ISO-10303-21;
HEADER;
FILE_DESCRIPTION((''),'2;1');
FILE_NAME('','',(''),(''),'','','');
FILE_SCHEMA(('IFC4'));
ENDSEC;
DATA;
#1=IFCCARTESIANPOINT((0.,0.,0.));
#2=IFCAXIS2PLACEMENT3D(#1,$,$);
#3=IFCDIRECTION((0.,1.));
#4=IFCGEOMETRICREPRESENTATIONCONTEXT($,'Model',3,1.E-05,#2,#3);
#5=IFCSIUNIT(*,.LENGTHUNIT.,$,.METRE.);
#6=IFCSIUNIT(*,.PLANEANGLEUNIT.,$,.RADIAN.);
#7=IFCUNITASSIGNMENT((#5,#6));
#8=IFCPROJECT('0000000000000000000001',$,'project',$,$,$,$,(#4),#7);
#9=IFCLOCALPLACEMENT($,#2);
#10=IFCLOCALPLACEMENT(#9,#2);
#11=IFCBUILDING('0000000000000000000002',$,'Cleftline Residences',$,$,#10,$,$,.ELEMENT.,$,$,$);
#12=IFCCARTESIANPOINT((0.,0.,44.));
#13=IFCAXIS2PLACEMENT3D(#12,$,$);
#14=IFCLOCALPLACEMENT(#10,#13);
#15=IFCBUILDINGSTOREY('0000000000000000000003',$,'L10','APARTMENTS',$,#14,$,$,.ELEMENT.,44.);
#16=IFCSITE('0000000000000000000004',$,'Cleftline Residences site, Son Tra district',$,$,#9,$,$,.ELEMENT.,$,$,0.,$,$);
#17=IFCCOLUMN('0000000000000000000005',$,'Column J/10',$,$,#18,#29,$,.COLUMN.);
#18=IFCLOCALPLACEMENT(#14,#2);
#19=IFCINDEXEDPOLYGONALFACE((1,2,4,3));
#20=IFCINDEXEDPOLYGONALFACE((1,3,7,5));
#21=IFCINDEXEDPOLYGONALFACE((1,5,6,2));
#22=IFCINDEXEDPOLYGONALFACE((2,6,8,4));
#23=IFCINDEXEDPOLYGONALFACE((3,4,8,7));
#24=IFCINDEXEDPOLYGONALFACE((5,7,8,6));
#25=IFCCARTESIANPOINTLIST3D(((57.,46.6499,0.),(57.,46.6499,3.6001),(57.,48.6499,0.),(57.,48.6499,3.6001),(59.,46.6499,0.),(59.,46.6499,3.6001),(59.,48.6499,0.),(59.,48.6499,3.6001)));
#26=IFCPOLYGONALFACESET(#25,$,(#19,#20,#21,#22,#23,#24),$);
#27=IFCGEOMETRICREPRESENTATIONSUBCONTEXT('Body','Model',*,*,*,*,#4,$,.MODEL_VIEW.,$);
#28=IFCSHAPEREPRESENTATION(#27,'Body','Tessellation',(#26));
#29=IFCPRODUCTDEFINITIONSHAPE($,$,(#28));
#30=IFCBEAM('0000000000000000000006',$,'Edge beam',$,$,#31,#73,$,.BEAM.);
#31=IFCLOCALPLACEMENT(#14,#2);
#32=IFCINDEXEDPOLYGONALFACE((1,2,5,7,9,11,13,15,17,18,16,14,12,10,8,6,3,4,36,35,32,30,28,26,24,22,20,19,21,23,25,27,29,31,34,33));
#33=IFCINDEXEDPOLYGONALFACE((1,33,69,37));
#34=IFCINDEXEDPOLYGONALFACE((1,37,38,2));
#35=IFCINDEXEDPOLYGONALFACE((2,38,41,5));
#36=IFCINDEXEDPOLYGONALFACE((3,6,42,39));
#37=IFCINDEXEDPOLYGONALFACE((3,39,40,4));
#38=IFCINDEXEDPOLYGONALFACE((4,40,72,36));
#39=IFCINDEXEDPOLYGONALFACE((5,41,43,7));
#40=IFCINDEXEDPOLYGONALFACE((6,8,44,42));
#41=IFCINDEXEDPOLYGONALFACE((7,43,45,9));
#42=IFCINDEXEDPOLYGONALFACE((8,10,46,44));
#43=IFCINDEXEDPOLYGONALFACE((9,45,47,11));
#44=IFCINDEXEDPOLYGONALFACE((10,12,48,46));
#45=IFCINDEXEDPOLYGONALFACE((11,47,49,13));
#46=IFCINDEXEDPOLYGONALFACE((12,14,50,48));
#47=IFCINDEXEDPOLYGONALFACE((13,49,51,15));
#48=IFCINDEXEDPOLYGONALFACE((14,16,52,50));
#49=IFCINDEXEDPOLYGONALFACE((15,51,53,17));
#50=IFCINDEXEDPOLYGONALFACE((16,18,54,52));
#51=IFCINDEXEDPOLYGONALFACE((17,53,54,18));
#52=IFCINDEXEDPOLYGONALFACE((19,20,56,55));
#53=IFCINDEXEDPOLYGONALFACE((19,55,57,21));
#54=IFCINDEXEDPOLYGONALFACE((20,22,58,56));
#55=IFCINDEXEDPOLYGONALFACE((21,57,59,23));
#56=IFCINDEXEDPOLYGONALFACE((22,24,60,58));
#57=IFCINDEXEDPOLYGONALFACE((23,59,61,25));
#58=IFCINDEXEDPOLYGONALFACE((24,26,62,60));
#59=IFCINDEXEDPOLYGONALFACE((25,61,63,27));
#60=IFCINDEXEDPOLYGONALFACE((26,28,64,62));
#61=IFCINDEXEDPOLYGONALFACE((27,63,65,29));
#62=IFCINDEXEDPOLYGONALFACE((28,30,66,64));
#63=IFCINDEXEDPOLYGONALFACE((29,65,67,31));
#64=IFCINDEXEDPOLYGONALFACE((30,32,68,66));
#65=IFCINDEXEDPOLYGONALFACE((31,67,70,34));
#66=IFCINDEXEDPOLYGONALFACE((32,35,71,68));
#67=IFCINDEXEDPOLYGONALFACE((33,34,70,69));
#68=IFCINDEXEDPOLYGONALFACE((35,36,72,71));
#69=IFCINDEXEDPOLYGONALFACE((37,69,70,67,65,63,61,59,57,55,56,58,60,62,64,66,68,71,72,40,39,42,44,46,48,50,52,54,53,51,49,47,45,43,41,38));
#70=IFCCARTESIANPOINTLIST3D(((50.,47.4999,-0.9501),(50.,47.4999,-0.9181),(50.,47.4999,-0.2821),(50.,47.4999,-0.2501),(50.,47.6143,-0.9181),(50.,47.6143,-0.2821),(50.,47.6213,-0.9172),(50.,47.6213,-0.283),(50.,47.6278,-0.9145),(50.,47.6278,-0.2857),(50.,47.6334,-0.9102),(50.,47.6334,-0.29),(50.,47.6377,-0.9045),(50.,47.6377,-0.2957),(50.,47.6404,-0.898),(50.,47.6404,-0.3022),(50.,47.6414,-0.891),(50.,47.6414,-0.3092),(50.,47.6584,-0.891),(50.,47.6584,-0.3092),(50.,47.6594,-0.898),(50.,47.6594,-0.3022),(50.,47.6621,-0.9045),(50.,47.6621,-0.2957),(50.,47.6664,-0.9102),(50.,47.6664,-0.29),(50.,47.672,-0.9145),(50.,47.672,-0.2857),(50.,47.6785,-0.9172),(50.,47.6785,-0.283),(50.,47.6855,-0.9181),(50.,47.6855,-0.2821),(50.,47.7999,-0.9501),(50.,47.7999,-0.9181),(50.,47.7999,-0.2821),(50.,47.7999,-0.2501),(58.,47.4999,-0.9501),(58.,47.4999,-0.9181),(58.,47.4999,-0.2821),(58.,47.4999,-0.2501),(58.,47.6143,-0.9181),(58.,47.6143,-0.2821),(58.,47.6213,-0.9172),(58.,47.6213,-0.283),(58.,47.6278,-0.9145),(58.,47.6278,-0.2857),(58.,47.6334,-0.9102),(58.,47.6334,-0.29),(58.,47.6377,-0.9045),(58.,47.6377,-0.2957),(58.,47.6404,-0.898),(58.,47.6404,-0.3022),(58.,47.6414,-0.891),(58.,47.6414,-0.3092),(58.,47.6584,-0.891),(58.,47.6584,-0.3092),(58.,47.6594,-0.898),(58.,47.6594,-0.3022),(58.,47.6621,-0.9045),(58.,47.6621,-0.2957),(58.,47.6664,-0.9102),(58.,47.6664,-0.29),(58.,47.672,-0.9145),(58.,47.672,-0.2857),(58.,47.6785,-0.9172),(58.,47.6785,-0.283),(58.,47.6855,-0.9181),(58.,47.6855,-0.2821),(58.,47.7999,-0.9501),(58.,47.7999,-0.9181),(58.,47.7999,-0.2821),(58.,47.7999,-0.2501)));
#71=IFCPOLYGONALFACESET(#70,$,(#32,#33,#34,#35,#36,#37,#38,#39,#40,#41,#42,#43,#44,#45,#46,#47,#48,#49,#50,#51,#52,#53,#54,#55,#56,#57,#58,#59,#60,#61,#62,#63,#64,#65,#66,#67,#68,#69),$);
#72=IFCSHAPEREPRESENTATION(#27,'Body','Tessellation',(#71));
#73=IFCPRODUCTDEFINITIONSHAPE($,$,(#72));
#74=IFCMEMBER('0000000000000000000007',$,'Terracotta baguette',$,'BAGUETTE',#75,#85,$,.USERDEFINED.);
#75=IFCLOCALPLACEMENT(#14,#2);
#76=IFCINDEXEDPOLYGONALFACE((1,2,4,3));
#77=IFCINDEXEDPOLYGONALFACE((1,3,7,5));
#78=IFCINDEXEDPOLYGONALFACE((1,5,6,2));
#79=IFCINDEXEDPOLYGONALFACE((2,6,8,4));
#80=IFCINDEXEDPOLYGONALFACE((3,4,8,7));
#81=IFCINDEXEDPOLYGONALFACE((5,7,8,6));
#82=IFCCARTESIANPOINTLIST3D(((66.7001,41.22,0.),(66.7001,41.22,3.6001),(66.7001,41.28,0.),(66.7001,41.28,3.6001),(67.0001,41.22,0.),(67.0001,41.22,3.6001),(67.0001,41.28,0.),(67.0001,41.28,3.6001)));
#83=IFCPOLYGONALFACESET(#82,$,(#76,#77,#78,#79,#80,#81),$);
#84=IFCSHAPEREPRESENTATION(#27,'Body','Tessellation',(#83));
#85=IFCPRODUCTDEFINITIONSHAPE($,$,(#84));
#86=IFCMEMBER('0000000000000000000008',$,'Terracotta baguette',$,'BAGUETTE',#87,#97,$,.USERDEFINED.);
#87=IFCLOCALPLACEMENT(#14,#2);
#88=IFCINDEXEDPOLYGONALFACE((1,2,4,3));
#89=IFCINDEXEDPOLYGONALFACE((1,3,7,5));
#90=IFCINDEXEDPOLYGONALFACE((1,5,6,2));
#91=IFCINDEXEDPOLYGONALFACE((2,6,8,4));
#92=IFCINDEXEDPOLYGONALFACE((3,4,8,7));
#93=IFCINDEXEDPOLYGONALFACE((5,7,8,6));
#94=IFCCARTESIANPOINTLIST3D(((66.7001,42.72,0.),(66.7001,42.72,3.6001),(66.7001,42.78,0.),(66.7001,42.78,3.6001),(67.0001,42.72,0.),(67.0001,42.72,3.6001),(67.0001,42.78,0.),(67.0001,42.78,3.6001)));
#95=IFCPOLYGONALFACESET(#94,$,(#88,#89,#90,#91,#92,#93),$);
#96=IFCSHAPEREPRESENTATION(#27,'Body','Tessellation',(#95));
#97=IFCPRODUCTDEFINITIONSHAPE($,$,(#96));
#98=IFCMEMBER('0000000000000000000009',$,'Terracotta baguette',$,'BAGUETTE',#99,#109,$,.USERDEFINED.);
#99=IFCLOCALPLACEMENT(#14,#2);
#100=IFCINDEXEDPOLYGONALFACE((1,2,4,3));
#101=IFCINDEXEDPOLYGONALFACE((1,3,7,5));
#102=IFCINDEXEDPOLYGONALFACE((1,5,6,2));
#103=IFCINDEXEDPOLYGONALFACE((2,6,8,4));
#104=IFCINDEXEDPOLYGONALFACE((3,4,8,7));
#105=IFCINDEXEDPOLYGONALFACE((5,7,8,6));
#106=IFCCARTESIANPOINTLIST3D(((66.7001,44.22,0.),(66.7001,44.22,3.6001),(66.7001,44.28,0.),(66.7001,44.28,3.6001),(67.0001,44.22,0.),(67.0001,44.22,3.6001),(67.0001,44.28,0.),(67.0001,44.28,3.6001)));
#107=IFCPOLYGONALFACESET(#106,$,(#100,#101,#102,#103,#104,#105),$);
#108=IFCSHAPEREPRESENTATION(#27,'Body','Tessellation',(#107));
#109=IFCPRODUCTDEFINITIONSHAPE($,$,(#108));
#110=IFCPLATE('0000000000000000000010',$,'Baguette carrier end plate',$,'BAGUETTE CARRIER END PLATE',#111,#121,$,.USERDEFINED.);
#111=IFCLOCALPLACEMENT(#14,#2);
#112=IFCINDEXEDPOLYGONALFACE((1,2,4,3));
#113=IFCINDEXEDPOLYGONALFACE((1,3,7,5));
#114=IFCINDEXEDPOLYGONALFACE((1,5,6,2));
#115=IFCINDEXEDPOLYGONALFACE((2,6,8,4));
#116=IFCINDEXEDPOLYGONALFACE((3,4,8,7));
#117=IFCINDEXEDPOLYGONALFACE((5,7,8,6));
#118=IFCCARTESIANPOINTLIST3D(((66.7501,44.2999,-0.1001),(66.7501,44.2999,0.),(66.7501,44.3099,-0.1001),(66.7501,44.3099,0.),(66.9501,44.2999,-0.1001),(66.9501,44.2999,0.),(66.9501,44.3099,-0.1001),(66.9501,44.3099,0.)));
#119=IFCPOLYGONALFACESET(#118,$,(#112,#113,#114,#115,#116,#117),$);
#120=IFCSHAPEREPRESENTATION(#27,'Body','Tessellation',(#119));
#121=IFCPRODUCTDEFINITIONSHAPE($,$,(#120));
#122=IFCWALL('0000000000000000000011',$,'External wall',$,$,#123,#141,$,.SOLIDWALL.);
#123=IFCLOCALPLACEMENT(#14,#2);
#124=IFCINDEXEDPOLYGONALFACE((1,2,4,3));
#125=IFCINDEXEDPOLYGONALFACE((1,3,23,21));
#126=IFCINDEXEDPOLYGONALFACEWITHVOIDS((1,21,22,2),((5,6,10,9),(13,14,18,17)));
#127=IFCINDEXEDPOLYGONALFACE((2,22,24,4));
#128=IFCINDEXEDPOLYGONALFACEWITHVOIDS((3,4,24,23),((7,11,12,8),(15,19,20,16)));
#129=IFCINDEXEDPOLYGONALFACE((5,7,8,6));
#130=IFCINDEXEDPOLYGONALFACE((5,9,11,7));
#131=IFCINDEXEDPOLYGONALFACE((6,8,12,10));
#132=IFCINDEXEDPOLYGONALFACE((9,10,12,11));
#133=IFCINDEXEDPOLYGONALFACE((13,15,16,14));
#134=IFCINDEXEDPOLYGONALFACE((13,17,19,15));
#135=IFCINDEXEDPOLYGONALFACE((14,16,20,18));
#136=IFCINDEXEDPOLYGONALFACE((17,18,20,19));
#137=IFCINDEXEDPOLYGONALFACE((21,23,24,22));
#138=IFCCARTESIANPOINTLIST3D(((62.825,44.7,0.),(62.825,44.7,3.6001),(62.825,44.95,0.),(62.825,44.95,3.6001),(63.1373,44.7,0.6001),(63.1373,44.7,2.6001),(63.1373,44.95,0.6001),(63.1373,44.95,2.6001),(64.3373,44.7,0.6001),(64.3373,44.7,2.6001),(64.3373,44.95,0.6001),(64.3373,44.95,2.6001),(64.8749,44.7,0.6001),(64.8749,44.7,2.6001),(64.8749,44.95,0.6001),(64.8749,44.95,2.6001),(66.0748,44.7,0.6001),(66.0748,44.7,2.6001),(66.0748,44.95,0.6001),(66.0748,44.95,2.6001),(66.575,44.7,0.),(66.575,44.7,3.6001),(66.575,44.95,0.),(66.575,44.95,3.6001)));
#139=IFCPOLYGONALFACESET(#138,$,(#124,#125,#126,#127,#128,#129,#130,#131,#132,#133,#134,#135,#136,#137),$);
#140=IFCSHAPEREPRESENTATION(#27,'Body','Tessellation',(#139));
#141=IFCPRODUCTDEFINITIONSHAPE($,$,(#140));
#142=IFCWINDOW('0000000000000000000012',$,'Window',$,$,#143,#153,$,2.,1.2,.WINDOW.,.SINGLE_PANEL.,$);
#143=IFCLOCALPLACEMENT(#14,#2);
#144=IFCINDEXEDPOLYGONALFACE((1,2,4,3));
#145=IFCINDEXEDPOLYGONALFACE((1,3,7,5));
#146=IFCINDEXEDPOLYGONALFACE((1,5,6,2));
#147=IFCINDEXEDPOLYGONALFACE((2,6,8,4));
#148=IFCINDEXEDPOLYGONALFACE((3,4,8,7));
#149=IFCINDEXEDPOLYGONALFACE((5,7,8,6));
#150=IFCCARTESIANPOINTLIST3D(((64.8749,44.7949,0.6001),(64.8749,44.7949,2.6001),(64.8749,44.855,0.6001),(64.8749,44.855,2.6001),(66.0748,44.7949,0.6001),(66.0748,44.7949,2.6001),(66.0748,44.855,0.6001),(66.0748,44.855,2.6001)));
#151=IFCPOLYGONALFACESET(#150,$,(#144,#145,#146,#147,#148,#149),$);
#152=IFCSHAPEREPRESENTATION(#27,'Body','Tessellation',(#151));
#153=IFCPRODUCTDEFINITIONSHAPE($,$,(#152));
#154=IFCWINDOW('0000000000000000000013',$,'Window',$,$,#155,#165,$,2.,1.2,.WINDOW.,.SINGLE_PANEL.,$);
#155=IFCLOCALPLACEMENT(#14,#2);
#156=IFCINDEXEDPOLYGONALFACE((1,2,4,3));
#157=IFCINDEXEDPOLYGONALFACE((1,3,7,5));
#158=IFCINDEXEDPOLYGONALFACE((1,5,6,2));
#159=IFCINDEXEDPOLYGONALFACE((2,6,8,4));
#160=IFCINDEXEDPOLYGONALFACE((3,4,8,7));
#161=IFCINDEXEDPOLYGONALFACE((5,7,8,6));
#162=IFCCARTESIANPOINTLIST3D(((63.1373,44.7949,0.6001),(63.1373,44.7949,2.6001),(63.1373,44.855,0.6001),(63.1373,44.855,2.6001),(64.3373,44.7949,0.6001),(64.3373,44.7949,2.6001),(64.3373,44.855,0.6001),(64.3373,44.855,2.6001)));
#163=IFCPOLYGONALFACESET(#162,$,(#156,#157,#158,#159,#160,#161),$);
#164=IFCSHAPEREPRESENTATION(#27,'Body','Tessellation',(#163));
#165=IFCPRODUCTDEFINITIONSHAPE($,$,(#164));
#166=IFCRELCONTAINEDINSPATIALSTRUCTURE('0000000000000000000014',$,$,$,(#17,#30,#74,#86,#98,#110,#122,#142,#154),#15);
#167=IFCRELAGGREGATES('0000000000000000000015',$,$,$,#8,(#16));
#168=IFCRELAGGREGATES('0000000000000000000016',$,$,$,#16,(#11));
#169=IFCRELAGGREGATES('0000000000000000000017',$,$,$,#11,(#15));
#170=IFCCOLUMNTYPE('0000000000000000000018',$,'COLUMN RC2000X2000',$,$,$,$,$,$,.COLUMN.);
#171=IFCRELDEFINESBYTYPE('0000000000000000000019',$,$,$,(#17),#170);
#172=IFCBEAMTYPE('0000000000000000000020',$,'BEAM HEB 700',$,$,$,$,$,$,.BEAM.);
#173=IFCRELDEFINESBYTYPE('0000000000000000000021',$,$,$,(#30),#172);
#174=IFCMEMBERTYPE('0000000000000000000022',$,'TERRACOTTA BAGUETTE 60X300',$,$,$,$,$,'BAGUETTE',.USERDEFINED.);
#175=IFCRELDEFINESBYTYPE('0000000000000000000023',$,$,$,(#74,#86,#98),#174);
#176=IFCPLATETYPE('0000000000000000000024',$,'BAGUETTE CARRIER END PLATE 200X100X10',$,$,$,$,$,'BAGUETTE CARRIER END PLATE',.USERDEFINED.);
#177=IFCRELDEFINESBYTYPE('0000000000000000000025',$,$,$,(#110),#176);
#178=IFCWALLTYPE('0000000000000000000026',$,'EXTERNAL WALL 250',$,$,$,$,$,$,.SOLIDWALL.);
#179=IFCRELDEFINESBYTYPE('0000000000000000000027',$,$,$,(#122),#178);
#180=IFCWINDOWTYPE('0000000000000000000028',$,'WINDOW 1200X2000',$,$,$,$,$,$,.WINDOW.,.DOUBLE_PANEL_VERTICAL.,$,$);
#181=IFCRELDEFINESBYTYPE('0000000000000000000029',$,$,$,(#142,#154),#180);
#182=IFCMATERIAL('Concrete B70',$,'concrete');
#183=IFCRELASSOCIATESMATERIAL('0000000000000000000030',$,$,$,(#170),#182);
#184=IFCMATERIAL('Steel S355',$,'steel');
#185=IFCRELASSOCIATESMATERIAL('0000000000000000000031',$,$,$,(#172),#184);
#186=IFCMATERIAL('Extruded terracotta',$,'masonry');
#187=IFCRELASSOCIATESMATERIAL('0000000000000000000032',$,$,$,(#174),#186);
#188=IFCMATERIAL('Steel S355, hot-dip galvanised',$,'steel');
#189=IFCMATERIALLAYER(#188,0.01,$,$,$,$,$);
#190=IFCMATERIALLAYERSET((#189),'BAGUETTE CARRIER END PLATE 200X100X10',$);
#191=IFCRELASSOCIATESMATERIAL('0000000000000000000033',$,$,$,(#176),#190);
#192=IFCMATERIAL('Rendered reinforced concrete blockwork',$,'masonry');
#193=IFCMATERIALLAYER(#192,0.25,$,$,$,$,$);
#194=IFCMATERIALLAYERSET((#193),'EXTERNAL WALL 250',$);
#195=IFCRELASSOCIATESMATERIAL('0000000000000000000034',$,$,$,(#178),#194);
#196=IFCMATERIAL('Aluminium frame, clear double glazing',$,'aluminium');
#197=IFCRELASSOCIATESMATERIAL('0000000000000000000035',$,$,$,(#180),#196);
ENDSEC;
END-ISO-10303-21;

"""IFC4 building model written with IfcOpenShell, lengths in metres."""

from ifc_helpers import new_model, si_unit, direction, frame, frame_2d, origin, origin_2d, place, context, subcontext, project, spatial, rectangle, i_section, extrude, material, layer, layer_set, material_profile, profile_set, type_object, element, fill, save


model = new_model("IFC4")

# Units and contexts
model_context = context("Model", 3, precision=1e-05, world=origin(), true_north=direction((0.0, 1.0)))
body_context = subcontext(model_context, "Body", "Model", "MODEL_VIEW")
ifc_project = project(units=[si_unit("LENGTHUNIT", "METRE"), si_unit("PLANEANGLEUNIT", "RADIAN")], contexts=[model_context])

# Site, building, storey
site_placement = place(None, origin())
site = spatial("IfcSite", under=ifc_project, at=site_placement, Name="Cleftline Residences site, Son Tra district", CompositionType="ELEMENT", RefElevation=0.0)
building_placement = place(site_placement, origin())
building = spatial("IfcBuilding", under=site, at=building_placement, Name="Cleftline Residences", CompositionType="ELEMENT")
storey_placement = place(building_placement, frame((0.0, 0.0, 44.0)))
storey = spatial("IfcBuildingStorey", under=building, at=storey_placement, Name="L10", Description="APARTMENTS", CompositionType="ELEMENT", Elevation=44.0)

# Column
ifc_material_1 = material(Name="Concrete B70", Category="concrete")
ifc_material_profile_1 = material_profile(ifc_material_1, rectangle(XDim=2.0, YDim=2.0, at=origin_2d()))
ifc_profile_set_1 = profile_set([ifc_material_profile_1], Name="Concrete B70")
column_type = type_object("IfcColumnType", Name="COLUMN RC2000X2000", PredefinedType="COLUMN", material=ifc_profile_set_1)
column_placement = place(storey_placement, frame((58.0, 47.6499, 0.0), z_axis=(0.0, 0.0, 1.0), x_axis=(1.0, 0.0, 0.0)))
element("IfcColumn", 1, at=column_placement, inside=storey, type_object=column_type, Name="Column J/10", PredefinedType="COLUMN", context=body_context, shape_type="SweptSolid", body=[
    extrude(rectangle(XDim=2.0, YDim=2.0, at=origin_2d()), origin(), (0.0, 0.0, 1.0), 3.6001),
])

# Beam
ifc_material_2 = material(Name="Steel S355", Category="steel")
ifc_material_profile_2 = material_profile(ifc_material_2, i_section(OverallWidth=0.3, OverallDepth=0.7, WebThickness=0.0171, FlangeThickness=0.032, FilletRadius=0.0271, at=origin_2d()))
ifc_profile_set_2 = profile_set([ifc_material_profile_2], Name="Steel S355")
beam_type = type_object("IfcBeamType", Name="BEAM HEB 700", PredefinedType="BEAM", material=ifc_profile_set_2)
beam_placement = place(storey_placement, frame((58.0, 47.6499, -0.6001), z_axis=(-1.0, 0.0, 0.0), x_axis=(0.0, -1.0, 0.0)))
element("IfcBeam", 2, at=beam_placement, inside=storey, type_object=beam_type, Name="Edge beam", PredefinedType="BEAM", context=body_context, shape_type="SweptSolid", body=[
    extrude(i_section(OverallWidth=0.3, OverallDepth=0.7, WebThickness=0.0171, FlangeThickness=0.032, FilletRadius=0.0271, at=origin_2d()), origin(), (0.0, 0.0, 1.0), 8.0),
])

# Members
ifc_material_3 = material(Name="Extruded terracotta", Category="masonry")
ifc_material_profile_3 = material_profile(ifc_material_3, rectangle(XDim=0.0601, YDim=0.3, at=origin_2d()))
ifc_profile_set_3 = profile_set([ifc_material_profile_3], Name="Extruded terracotta")
member_type = type_object("IfcMemberType", Name="TERRACOTTA BAGUETTE 60X300", ElementType="BAGUETTE", PredefinedType="USERDEFINED", material=ifc_profile_set_3)
for number, where, z_axis, x_axis, name in (
    (3, (66.8501, 41.25, 0.0), (0.0, 0.0, 1.0), (0.0, 1.0, 0.0), "Terracotta baguette"),
    (4, (66.8501, 42.75, 0.0), (0.0, 0.0, 1.0), (0.0, 1.0, 0.0), "Terracotta baguette"),
    (5, (66.8501, 44.25, 0.0), (0.0, 0.0, 1.0), (0.0, 1.0, 0.0), "Terracotta baguette"),
):
    element("IfcMember", number, at=place(storey_placement, frame(where, z_axis=z_axis, x_axis=x_axis)), inside=storey, type_object=member_type, Name=name, ObjectType="BAGUETTE", PredefinedType="USERDEFINED", context=body_context, shape_type="SweptSolid", body=[
        extrude(rectangle(XDim=0.0601, YDim=0.3, at=origin_2d()), origin(), (0.0, 0.0, 1.0), 3.6001),
    ])

# Plate
ifc_material_4 = material(Name="Steel S355, hot-dip galvanised", Category="steel")
ifc_layer_1 = layer(ifc_material_4, 0.01)
ifc_layer_set_1 = layer_set([ifc_layer_1], Name="BAGUETTE CARRIER END PLATE 200X100X10")
plate_type = type_object("IfcPlateType", Name="BAGUETTE CARRIER END PLATE 200X100X10", ElementType="BAGUETTE CARRIER END PLATE", PredefinedType="USERDEFINED", material=ifc_layer_set_1)
plate_placement = place(storey_placement, frame((66.8501, 44.3049, -0.1001), z_axis=(0.0, 0.0, 1.0), x_axis=(1.0, 0.0, 0.0)))
element("IfcPlate", 6, at=plate_placement, inside=storey, type_object=plate_type, Name="Baguette carrier end plate", ObjectType="BAGUETTE CARRIER END PLATE", PredefinedType="USERDEFINED", context=body_context, shape_type="SweptSolid", body=[
    extrude(rectangle(XDim=0.2, YDim=0.01, at=origin_2d()), origin(), (0.0, 0.0, 1.0), 0.1001),
])

# Wall, openings, windows
ifc_material_5 = material(Name="Rendered reinforced concrete blockwork", Category="masonry")
ifc_layer_2 = layer(ifc_material_5, 0.25)
ifc_layer_set_2 = layer_set([ifc_layer_2], Name="EXTERNAL WALL 250")
wall_type_1 = type_object("IfcWallType", Name="EXTERNAL WALL 250", PredefinedType="SOLIDWALL", material=ifc_layer_set_2)
wall_1_placement = place(storey_placement, frame((66.575, 44.825, 0.0), z_axis=(0.0, 0.0, 1.0), x_axis=(-1.0, 0.0, 0.0)))
wall_1 = element("IfcWall", 7, at=wall_1_placement, inside=storey, type_object=wall_type_1, Name="External wall", PredefinedType="SOLIDWALL", context=body_context, shape_type="SweptSolid", body=[
    extrude(rectangle(XDim=3.75, YDim=0.25, at=frame_2d((1.875, 0.0))), origin(), (0.0, 0.0, 1.0), 3.6001),
])
opening_1_placement = place(wall_1_placement, frame((0.5, 0.0, 0.6001)))
opening_1 = element("IfcOpeningElement", 8, at=opening_1_placement, cuts=wall_1, PredefinedType="OPENING", context=body_context, shape_type="SweptSolid", body=[
    extrude(rectangle(XDim=1.2, YDim=2.0, at=frame_2d((0.6001, 1.0))), frame((0.0, 0.135, 0.0), z_axis=(0.0, -1.0, 0.0), x_axis=(1.0, 0.0, 0.0)), (0.0, 0.0, 1.0), 0.27),
])
opening_2_placement = place(wall_1_placement, frame((2.2375, 0.0, 0.6001)))
opening_2 = element("IfcOpeningElement", 9, at=opening_2_placement, cuts=wall_1, PredefinedType="OPENING", context=body_context, shape_type="SweptSolid", body=[
    extrude(rectangle(XDim=1.2, YDim=2.0, at=frame_2d((0.6001, 1.0))), frame((0.0, 0.135, 0.0), z_axis=(0.0, -1.0, 0.0), x_axis=(1.0, 0.0, 0.0)), (0.0, 0.0, 1.0), 0.27),
])
ifc_material_6 = material(Name="Aluminium frame, clear double glazing", Category="aluminium")
window_type_1 = type_object("IfcWindowType", Name="WINDOW 1200X2000", PartitioningType="DOUBLE_PANEL_VERTICAL", PredefinedType="WINDOW", material=ifc_material_6)
window_1_placement = place(opening_1_placement, origin())
window_1 = element("IfcWindow", 10, at=window_1_placement, inside=storey, type_object=window_type_1, Name="Window", OverallHeight=2.0, OverallWidth=1.2, PartitioningType="SINGLE_PANEL", PredefinedType="WINDOW", context=body_context, shape_type="SweptSolid", body=[
    extrude(rectangle(XDim=1.2, YDim=2.0, at=frame_2d((0.6001, 1.0))), frame((0.0, 0.03, 0.0), z_axis=(0.0, -1.0, 0.0), x_axis=(1.0, 0.0, 0.0)), (0.0, 0.0, 1.0), 0.0601),
])
fill(opening_1, window_1)
window_2_placement = place(opening_2_placement, origin())
window_2 = element("IfcWindow", 11, at=window_2_placement, inside=storey, type_object=window_type_1, Name="Window", OverallHeight=2.0, OverallWidth=1.2, PartitioningType="SINGLE_PANEL", PredefinedType="WINDOW", context=body_context, shape_type="SweptSolid", body=[
    extrude(rectangle(XDim=1.2, YDim=2.0, at=frame_2d((0.6001, 1.0))), frame((0.0, 0.03, 0.0), z_axis=(0.0, -1.0, 0.0), x_axis=(1.0, 0.0, 0.0)), (0.0, 0.0, 1.0), 0.0601),
])
fill(opening_2, window_2)

save(model, "model.ifc")
